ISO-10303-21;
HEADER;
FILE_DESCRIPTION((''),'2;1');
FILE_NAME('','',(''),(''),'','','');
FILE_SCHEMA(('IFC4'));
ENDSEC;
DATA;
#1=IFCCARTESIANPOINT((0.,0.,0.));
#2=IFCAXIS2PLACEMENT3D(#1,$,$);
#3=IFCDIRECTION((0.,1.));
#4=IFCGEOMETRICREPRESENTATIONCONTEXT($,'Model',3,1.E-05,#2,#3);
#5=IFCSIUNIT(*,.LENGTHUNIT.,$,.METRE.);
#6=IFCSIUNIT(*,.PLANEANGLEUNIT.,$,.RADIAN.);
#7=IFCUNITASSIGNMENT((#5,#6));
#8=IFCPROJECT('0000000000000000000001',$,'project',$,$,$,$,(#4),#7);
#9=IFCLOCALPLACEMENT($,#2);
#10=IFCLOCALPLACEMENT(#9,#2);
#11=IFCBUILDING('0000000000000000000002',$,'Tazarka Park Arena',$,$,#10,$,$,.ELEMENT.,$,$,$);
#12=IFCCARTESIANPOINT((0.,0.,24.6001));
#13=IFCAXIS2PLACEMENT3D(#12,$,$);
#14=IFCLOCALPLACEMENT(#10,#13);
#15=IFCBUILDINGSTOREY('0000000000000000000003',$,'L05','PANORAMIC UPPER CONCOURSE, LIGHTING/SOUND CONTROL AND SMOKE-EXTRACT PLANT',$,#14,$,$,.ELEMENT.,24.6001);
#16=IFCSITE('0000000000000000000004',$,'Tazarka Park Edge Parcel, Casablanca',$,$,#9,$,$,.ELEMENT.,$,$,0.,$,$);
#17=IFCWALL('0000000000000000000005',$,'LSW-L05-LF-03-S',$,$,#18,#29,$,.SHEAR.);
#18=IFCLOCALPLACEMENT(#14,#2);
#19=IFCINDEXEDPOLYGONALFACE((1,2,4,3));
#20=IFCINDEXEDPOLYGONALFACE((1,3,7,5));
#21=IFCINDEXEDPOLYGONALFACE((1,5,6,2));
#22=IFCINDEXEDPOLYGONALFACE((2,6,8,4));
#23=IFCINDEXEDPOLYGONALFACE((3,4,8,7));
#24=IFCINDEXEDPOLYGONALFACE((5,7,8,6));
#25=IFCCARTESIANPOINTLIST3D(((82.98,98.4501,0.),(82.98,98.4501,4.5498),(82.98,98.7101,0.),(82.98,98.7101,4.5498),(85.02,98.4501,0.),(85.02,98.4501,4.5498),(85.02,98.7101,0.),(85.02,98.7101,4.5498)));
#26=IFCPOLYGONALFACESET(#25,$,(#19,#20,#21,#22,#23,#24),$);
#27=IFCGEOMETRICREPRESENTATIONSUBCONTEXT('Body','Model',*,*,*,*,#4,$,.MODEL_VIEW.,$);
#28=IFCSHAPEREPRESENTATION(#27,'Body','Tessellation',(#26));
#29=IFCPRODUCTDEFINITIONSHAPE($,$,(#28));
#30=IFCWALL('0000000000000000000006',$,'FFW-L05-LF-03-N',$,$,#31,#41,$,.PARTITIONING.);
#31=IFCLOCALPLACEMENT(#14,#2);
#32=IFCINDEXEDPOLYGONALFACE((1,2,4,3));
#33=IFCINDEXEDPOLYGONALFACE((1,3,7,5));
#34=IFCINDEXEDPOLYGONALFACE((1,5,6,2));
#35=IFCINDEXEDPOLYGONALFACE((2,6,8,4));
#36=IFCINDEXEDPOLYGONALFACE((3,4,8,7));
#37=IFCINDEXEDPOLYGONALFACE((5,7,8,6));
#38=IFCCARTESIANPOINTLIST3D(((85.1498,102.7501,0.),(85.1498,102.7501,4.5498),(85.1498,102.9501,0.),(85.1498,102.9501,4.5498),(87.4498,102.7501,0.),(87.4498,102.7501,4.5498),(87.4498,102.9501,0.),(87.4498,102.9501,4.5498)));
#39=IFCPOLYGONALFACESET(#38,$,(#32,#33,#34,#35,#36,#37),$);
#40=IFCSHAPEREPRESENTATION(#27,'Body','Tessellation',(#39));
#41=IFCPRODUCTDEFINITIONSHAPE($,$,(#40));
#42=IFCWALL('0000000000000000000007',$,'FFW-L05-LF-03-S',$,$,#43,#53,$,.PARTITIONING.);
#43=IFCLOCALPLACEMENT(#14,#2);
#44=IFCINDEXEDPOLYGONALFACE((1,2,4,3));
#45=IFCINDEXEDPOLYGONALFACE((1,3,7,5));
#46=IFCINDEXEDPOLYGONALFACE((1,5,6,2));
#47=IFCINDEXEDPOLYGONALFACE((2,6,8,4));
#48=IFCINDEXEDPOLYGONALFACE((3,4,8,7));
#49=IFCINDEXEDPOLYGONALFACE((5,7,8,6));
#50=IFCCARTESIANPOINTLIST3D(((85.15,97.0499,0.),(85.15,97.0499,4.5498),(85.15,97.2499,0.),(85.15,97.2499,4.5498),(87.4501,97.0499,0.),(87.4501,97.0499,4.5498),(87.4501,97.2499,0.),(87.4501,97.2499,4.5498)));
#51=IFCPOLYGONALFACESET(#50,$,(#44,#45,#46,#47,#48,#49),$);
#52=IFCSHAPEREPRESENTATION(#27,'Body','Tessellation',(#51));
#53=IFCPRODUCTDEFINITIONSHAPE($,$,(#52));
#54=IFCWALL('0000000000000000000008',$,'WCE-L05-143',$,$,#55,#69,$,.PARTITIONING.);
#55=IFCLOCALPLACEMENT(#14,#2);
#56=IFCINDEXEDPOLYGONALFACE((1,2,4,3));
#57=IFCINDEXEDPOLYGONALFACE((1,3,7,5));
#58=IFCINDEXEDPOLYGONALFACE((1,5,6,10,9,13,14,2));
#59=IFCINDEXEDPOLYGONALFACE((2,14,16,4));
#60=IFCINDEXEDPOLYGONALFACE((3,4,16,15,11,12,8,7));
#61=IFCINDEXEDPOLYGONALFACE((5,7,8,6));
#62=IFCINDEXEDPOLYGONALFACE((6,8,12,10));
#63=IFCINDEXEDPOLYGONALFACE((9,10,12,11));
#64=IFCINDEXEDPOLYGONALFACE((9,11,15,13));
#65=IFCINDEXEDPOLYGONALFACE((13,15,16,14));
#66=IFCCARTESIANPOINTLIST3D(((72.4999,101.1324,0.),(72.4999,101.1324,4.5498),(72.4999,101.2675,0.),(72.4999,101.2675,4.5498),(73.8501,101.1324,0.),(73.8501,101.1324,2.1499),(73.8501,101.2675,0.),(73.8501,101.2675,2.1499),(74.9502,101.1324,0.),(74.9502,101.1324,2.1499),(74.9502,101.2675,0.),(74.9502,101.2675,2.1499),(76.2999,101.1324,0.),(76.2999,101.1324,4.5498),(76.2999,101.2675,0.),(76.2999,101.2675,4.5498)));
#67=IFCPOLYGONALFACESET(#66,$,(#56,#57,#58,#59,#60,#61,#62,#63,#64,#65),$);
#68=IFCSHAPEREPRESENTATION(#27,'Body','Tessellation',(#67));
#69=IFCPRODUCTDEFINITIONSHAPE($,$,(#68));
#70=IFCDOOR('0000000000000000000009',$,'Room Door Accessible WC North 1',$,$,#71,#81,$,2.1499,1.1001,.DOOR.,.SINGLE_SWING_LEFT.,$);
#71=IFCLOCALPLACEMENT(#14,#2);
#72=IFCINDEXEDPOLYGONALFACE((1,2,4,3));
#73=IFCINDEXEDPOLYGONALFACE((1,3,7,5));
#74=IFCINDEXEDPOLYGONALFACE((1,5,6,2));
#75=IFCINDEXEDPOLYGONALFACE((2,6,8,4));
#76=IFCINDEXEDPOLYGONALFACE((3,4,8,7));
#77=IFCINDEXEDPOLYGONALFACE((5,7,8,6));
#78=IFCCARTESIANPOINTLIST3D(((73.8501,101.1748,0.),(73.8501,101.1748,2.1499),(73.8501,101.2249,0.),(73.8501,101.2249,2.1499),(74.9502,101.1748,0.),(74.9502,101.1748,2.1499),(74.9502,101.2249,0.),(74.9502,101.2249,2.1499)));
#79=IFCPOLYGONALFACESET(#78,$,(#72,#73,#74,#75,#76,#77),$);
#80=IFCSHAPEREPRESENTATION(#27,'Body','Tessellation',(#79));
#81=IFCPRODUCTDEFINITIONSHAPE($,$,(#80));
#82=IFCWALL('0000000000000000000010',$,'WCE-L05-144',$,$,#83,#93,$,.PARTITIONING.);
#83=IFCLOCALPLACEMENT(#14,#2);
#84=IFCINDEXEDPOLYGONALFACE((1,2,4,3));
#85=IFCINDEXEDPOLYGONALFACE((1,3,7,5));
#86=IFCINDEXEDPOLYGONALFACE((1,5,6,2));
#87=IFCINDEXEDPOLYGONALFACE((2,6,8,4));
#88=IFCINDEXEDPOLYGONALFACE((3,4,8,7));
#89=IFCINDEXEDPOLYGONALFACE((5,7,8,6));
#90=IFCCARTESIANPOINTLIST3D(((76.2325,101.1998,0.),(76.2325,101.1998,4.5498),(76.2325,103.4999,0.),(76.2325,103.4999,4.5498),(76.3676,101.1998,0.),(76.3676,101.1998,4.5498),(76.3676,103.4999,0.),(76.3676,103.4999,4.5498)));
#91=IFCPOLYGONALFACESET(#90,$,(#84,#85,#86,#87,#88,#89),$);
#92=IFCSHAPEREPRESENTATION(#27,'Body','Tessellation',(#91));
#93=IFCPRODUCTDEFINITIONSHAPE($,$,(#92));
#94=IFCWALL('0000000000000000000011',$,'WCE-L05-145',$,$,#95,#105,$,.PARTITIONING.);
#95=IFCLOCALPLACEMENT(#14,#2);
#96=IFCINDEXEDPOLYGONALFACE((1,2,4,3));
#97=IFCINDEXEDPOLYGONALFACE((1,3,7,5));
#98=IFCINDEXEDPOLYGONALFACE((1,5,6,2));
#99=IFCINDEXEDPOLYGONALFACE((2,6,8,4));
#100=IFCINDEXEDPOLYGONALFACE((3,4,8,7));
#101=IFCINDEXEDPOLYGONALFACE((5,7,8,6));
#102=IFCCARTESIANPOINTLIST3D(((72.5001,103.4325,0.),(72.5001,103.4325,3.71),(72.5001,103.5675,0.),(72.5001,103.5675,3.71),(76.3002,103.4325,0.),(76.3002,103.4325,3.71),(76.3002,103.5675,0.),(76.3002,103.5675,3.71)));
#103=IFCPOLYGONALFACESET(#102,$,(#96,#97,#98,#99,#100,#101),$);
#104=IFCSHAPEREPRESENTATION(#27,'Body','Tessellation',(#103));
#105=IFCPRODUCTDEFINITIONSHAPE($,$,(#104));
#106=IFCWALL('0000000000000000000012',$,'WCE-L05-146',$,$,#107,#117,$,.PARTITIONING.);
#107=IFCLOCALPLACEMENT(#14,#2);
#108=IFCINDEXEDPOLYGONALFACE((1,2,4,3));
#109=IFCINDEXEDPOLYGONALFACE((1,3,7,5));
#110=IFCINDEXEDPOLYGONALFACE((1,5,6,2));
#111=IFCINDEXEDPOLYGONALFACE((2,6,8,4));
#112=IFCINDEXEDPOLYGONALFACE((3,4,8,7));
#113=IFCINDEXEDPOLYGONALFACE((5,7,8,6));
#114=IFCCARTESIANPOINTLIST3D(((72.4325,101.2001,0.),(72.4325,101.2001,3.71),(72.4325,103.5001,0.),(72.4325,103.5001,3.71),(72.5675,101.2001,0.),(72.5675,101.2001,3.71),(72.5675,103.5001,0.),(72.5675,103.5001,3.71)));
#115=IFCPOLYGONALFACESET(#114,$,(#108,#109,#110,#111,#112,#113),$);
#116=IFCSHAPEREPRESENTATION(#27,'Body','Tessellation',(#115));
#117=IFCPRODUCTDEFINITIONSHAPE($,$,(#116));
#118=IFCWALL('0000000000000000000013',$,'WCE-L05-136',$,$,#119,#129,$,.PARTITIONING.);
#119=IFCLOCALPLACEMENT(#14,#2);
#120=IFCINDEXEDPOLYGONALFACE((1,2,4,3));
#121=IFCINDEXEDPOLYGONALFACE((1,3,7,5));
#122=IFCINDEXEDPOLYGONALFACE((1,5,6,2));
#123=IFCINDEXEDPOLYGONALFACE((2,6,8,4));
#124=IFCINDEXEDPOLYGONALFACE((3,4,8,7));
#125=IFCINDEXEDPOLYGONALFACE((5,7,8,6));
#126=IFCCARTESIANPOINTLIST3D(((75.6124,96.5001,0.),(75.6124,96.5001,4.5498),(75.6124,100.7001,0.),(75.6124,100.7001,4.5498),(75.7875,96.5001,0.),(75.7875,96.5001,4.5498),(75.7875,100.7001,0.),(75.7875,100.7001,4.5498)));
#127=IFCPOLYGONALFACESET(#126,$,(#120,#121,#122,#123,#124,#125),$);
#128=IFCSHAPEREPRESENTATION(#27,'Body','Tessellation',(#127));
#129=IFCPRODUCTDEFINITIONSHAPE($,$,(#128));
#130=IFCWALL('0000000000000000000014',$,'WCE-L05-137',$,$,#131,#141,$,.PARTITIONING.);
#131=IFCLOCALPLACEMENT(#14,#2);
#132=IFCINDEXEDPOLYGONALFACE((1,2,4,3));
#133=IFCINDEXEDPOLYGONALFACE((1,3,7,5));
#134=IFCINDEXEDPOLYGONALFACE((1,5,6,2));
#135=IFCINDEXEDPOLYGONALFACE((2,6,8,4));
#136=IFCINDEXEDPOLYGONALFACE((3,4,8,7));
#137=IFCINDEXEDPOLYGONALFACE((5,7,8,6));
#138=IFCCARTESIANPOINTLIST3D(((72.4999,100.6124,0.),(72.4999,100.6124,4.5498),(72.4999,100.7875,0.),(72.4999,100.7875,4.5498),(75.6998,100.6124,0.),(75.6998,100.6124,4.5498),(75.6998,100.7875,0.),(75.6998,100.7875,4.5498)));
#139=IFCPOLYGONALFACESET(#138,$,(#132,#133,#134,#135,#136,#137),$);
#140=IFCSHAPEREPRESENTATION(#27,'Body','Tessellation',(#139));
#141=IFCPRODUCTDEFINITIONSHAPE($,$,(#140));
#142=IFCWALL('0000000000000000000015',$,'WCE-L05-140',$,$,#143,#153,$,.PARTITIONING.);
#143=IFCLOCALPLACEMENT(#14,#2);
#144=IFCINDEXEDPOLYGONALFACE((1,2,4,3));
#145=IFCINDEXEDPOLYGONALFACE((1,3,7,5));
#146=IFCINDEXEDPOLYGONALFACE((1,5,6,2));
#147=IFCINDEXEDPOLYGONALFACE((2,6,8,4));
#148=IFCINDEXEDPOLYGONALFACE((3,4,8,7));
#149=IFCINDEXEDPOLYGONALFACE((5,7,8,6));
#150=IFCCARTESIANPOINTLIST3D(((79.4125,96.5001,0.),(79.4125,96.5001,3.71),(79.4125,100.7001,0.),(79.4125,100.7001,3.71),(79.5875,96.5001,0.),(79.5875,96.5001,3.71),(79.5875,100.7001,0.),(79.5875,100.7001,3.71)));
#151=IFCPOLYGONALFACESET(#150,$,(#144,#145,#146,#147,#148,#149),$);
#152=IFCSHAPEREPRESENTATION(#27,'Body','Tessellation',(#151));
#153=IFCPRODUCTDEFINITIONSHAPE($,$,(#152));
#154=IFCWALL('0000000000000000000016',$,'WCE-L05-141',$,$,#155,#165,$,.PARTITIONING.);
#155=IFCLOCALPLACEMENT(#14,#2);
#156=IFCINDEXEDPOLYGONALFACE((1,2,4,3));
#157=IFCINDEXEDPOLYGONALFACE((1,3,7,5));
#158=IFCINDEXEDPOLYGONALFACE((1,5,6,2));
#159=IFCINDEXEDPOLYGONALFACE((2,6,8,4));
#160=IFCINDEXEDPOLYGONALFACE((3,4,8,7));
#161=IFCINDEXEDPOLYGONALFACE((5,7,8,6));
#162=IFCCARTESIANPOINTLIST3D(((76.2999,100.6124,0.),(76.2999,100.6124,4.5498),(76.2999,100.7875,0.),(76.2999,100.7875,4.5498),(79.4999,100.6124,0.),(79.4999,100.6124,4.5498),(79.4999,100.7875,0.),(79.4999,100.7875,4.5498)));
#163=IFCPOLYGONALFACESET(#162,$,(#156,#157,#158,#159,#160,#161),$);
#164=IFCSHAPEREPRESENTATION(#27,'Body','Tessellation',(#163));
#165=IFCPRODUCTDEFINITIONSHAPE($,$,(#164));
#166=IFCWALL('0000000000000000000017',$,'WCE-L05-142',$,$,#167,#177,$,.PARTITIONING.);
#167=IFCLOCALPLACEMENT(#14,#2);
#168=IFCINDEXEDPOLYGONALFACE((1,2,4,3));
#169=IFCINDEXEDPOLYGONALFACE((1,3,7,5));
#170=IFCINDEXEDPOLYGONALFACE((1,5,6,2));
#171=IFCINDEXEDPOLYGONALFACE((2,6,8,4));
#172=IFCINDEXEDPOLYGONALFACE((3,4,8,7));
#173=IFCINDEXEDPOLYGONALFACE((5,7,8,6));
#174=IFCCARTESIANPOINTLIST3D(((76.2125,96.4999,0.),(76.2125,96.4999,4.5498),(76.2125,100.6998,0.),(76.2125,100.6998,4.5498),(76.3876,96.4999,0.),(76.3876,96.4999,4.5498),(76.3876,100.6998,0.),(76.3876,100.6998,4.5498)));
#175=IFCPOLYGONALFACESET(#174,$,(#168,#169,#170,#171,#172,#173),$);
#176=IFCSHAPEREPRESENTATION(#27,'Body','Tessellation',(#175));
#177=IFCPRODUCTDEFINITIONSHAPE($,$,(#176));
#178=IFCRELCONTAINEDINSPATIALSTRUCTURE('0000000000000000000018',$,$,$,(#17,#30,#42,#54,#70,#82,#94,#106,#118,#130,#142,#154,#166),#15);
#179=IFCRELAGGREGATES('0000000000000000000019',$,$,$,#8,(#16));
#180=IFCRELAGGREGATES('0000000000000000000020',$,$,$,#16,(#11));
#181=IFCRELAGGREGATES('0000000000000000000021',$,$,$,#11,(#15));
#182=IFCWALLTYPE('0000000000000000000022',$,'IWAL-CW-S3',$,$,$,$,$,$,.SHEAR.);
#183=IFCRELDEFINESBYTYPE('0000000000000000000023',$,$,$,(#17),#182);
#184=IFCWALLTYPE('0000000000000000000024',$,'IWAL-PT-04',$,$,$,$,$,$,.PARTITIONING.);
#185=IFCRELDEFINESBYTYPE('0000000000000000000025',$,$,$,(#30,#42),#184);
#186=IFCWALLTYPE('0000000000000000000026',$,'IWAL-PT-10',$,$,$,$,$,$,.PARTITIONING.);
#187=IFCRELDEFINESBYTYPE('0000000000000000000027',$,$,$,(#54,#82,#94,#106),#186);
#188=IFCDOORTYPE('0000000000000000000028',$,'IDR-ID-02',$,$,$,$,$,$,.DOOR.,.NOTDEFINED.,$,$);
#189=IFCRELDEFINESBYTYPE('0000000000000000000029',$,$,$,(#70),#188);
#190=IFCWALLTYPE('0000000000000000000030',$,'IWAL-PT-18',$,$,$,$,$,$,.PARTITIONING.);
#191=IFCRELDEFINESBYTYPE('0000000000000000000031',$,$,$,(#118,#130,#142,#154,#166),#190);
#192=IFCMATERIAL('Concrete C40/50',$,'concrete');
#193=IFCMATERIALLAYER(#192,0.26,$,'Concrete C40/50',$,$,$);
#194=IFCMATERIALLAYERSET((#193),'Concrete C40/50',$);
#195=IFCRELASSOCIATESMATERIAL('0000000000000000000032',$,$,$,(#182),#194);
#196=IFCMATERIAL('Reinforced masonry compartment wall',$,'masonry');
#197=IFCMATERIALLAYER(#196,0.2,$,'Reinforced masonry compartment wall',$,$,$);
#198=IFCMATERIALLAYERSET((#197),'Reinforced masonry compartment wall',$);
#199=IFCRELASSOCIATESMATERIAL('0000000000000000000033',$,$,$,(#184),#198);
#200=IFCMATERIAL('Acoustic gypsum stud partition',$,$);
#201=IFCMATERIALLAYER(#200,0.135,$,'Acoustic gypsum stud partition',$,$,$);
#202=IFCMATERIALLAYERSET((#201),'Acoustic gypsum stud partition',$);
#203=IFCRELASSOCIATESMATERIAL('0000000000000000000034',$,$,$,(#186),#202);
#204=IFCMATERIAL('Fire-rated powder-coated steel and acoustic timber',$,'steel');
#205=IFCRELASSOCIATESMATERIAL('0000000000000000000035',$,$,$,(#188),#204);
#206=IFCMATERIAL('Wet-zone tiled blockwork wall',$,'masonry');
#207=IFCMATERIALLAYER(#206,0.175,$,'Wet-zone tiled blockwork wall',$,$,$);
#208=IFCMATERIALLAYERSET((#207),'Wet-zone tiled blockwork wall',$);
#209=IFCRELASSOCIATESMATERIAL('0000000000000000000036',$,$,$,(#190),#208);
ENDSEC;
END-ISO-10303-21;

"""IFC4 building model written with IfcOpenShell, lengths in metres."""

from ifc_helpers import new_model, si_unit, direction, frame, frame_2d, origin, place, context, subcontext, project, spatial, rectangle, extrude, material, layer, layer_set, type_object, element, fill, save


model = new_model("IFC4")

# Units and contexts
model_context = context("Model", 3, precision=1e-05, world=origin(), true_north=direction((0.0, 1.0)))
body_context = subcontext(model_context, "Body", "Model", "MODEL_VIEW")
ifc_project = project(units=[si_unit("LENGTHUNIT", "METRE"), si_unit("PLANEANGLEUNIT", "RADIAN")], contexts=[model_context])

# Site, building, storey
site_placement = place(None, origin())
site = spatial("IfcSite", under=ifc_project, at=site_placement, Name="Tazarka Park Edge Parcel, Casablanca", CompositionType="ELEMENT", RefElevation=0.0)
building_placement = place(site_placement, origin())
building = spatial("IfcBuilding", under=site, at=building_placement, Name="Tazarka Park Arena", CompositionType="ELEMENT")
storey_placement = place(building_placement, frame((0.0, 0.0, 24.6001)))
storey = spatial("IfcBuildingStorey", under=building, at=storey_placement, Name="L05", Description="PANORAMIC UPPER CONCOURSE, LIGHTING/SOUND CONTROL AND SMOKE-EXTRACT PLANT", CompositionType="ELEMENT", Elevation=24.6001)

# Wall
ifc_material_1 = material(Name="Concrete C40/50", Category="concrete")
ifc_layer_1 = layer(ifc_material_1, 0.26, Name="Concrete C40/50")
ifc_layer_set_1 = layer_set([ifc_layer_1], Name="Concrete C40/50")
wall_type_1 = type_object("IfcWallType", Name="IWAL-CW-S3", PredefinedType="SHEAR", material=ifc_layer_set_1)
for number, where, z_axis, x_axis, name in (
    (1, (85.02, 98.5801, 0.0), (0.0, 0.0, 1.0), (-1.0, 0.0, 0.0), "LSW-L05-LF-03-S"),
):
    element("IfcWall", number, at=place(storey_placement, frame(where, z_axis=z_axis, x_axis=x_axis)), inside=storey, type_object=wall_type_1, Name=name, PredefinedType="SHEAR", context=body_context, shape_type="SweptSolid", body=[
        extrude(rectangle(XDim=2.04, YDim=0.26, at=frame_2d((1.02, 0.0))), origin(), (0.0, 0.0, 1.0), 4.5498),
    ])

# Walls
ifc_material_2 = material(Name="Reinforced masonry compartment wall", Category="masonry")
ifc_layer_2 = layer(ifc_material_2, 0.2, Name="Reinforced masonry compartment wall")
ifc_layer_set_2 = layer_set([ifc_layer_2], Name="Reinforced masonry compartment wall")
wall_type_2 = type_object("IfcWallType", Name="IWAL-PT-04", PredefinedType="PARTITIONING", material=ifc_layer_set_2)
for number, where, z_axis, x_axis, name in (
    (2, (85.1499, 102.8501, 0.0), (0.0, 0.0, 1.0), (1.0, 0.0, 0.0), "FFW-L05-LF-03-N"),
    (3, (87.45, 97.1499, 0.0), (0.0, 0.0, 1.0), (-1.0, 0.0, 0.0), "FFW-L05-LF-03-S"),
):
    element("IfcWall", number, at=place(storey_placement, frame(where, z_axis=z_axis, x_axis=x_axis)), inside=storey, type_object=wall_type_2, Name=name, PredefinedType="PARTITIONING", context=body_context, shape_type="SweptSolid", body=[
        extrude(rectangle(XDim=2.3, YDim=0.2, at=frame_2d((1.1499, 0.0))), origin(), (0.0, 0.0, 1.0), 4.5498),
    ])

# Wall, opening, door
ifc_material_3 = material(Name="Acoustic gypsum stud partition")
ifc_layer_3 = layer(ifc_material_3, 0.135, Name="Acoustic gypsum stud partition")
ifc_layer_set_3 = layer_set([ifc_layer_3], Name="Acoustic gypsum stud partition")
wall_type_3 = type_object("IfcWallType", Name="IWAL-PT-10", PredefinedType="PARTITIONING", material=ifc_layer_set_3)
wall_1_placement = place(storey_placement, frame((72.5, 101.2, 0.0), z_axis=(0.0, 0.0, 1.0), x_axis=(1.0, 0.0, 0.0)))
wall_1 = element("IfcWall", 4, at=wall_1_placement, inside=storey, type_object=wall_type_3, Name="WCE-L05-143", PredefinedType="PARTITIONING", context=body_context, shape_type="SweptSolid", body=[
    extrude(rectangle(XDim=3.8, YDim=0.135, at=frame_2d((1.8999, 0.0))), origin(), (0.0, 0.0, 1.0), 4.5498),
])
opening_1_placement = place(wall_1_placement, frame((1.3501, 0.0, 0.0)))
opening_1 = element("IfcOpeningElement", 5, at=opening_1_placement, cuts=wall_1, PredefinedType="OPENING", context=body_context, shape_type="SweptSolid", body=[
    extrude(rectangle(XDim=1.1001, YDim=2.1499, at=frame_2d((0.55, 1.075))), frame((0.0, 0.0776, 0.0), z_axis=(0.0, -1.0, 0.0), x_axis=(1.0, 0.0, 0.0)), (0.0, 0.0, 1.0), 0.155),
])
ifc_material_4 = material(Name="Fire-rated powder-coated steel and acoustic timber", Category="steel")
door_type_1 = type_object("IfcDoorType", Name="IDR-ID-02", OperationType="NOTDEFINED", PredefinedType="DOOR", material=ifc_material_4)
door_1_placement = place(opening_1_placement, origin())
door_1 = element("IfcDoor", 6, at=door_1_placement, inside=storey, type_object=door_type_1, Name="Room Door Accessible WC North 1", OperationType="SINGLE_SWING_LEFT", OverallHeight=2.1499, OverallWidth=1.1001, PredefinedType="DOOR", context=body_context, shape_type="SweptSolid", body=[
    extrude(rectangle(XDim=1.1001, YDim=2.1499, at=frame_2d((0.55, 1.075))), frame((0.0, 0.0249, 0.0), z_axis=(0.0, -1.0, 0.0), x_axis=(1.0, 0.0, 0.0)), (0.0, 0.0, 1.0), 0.05),
])
fill(opening_1, door_1)

# Walls
wall_2_placement = place(storey_placement, frame((76.3, 101.2, 0.0), z_axis=(0.0, 0.0, 1.0), x_axis=(0.0, 1.0, 0.0)))
element("IfcWall", 7, at=wall_2_placement, inside=storey, type_object=wall_type_3, Name="WCE-L05-144", PredefinedType="PARTITIONING", context=body_context, shape_type="SweptSolid", body=[
    extrude(rectangle(XDim=2.3, YDim=0.135, at=frame_2d((1.1499, 0.0))), origin(), (0.0, 0.0, 1.0), 4.5498),
])
wall_3_placement = place(storey_placement, frame((76.3, 103.5, 0.0), z_axis=(0.0, 0.0, 1.0), x_axis=(-1.0, 0.0, 0.0)))
element("IfcWall", 8, at=wall_3_placement, inside=storey, type_object=wall_type_3, Name="WCE-L05-145", PredefinedType="PARTITIONING", context=body_context, shape_type="SweptSolid", body=[
    extrude(rectangle(XDim=3.8, YDim=0.135, at=frame_2d((1.8999, 0.0))), origin(), (0.0, 0.0, 1.0), 3.71),
])
wall_4_placement = place(storey_placement, frame((72.5, 103.5, 0.0), z_axis=(0.0, 0.0, 1.0), x_axis=(0.0, -1.0, 0.0)))
element("IfcWall", 9, at=wall_4_placement, inside=storey, type_object=wall_type_3, Name="WCE-L05-146", PredefinedType="PARTITIONING", context=body_context, shape_type="SweptSolid", body=[
    extrude(rectangle(XDim=2.3, YDim=0.135, at=frame_2d((1.1499, 0.0))), origin(), (0.0, 0.0, 1.0), 3.71),
])
ifc_material_5 = material(Name="Wet-zone tiled blockwork wall", Category="masonry")
ifc_layer_4 = layer(ifc_material_5, 0.175, Name="Wet-zone tiled blockwork wall")
ifc_layer_set_4 = layer_set([ifc_layer_4], Name="Wet-zone tiled blockwork wall")
wall_type_4 = type_object("IfcWallType", Name="IWAL-PT-18", PredefinedType="PARTITIONING", material=ifc_layer_set_4)
wall_5_placement = place(storey_placement, frame((75.7, 96.5, 0.0), z_axis=(0.0, 0.0, 1.0), x_axis=(0.0, 1.0, 0.0)))
element("IfcWall", 10, at=wall_5_placement, inside=storey, type_object=wall_type_4, Name="WCE-L05-136", PredefinedType="PARTITIONING", context=body_context, shape_type="SweptSolid", body=[
    extrude(rectangle(XDim=4.2, YDim=0.175, at=frame_2d((2.1001, 0.0))), origin(), (0.0, 0.0, 1.0), 4.5498),
])
wall_6_placement = place(storey_placement, frame((75.7, 100.7, 0.0), z_axis=(0.0, 0.0, 1.0), x_axis=(-1.0, 0.0, 0.0)))
element("IfcWall", 11, at=wall_6_placement, inside=storey, type_object=wall_type_4, Name="WCE-L05-137", PredefinedType="PARTITIONING", context=body_context, shape_type="SweptSolid", body=[
    extrude(rectangle(XDim=3.2, YDim=0.175, at=frame_2d((1.6001, 0.0))), origin(), (0.0, 0.0, 1.0), 4.5498),
])

# Walls
wall_7_placement = place(storey_placement, frame((79.5, 96.5, 0.0), z_axis=(0.0, 0.0, 1.0), x_axis=(0.0, 1.0, 0.0)))
element("IfcWall", 12, at=wall_7_placement, inside=storey, type_object=wall_type_4, Name="WCE-L05-140", PredefinedType="PARTITIONING", context=body_context, shape_type="SweptSolid", body=[
    extrude(rectangle(XDim=4.2, YDim=0.175, at=frame_2d((2.1001, 0.0))), origin(), (0.0, 0.0, 1.0), 3.71),
])
wall_8_placement = place(storey_placement, frame((79.5, 100.7, 0.0), z_axis=(0.0, 0.0, 1.0), x_axis=(-1.0, 0.0, 0.0)))
element("IfcWall", 13, at=wall_8_placement, inside=storey, type_object=wall_type_4, Name="WCE-L05-141", PredefinedType="PARTITIONING", context=body_context, shape_type="SweptSolid", body=[
    extrude(rectangle(XDim=3.2, YDim=0.175, at=frame_2d((1.6001, 0.0))), origin(), (0.0, 0.0, 1.0), 4.5498),
])
wall_9_placement = place(storey_placement, frame((76.3, 100.7, 0.0), z_axis=(0.0, 0.0, 1.0), x_axis=(0.0, -1.0, 0.0)))
element("IfcWall", 14, at=wall_9_placement, inside=storey, type_object=wall_type_4, Name="WCE-L05-142", PredefinedType="PARTITIONING", context=body_context, shape_type="SweptSolid", body=[
    extrude(rectangle(XDim=4.2, YDim=0.175, at=frame_2d((2.1001, 0.0))), origin(), (0.0, 0.0, 1.0), 4.5498),
])

save(model, "model.ifc")
